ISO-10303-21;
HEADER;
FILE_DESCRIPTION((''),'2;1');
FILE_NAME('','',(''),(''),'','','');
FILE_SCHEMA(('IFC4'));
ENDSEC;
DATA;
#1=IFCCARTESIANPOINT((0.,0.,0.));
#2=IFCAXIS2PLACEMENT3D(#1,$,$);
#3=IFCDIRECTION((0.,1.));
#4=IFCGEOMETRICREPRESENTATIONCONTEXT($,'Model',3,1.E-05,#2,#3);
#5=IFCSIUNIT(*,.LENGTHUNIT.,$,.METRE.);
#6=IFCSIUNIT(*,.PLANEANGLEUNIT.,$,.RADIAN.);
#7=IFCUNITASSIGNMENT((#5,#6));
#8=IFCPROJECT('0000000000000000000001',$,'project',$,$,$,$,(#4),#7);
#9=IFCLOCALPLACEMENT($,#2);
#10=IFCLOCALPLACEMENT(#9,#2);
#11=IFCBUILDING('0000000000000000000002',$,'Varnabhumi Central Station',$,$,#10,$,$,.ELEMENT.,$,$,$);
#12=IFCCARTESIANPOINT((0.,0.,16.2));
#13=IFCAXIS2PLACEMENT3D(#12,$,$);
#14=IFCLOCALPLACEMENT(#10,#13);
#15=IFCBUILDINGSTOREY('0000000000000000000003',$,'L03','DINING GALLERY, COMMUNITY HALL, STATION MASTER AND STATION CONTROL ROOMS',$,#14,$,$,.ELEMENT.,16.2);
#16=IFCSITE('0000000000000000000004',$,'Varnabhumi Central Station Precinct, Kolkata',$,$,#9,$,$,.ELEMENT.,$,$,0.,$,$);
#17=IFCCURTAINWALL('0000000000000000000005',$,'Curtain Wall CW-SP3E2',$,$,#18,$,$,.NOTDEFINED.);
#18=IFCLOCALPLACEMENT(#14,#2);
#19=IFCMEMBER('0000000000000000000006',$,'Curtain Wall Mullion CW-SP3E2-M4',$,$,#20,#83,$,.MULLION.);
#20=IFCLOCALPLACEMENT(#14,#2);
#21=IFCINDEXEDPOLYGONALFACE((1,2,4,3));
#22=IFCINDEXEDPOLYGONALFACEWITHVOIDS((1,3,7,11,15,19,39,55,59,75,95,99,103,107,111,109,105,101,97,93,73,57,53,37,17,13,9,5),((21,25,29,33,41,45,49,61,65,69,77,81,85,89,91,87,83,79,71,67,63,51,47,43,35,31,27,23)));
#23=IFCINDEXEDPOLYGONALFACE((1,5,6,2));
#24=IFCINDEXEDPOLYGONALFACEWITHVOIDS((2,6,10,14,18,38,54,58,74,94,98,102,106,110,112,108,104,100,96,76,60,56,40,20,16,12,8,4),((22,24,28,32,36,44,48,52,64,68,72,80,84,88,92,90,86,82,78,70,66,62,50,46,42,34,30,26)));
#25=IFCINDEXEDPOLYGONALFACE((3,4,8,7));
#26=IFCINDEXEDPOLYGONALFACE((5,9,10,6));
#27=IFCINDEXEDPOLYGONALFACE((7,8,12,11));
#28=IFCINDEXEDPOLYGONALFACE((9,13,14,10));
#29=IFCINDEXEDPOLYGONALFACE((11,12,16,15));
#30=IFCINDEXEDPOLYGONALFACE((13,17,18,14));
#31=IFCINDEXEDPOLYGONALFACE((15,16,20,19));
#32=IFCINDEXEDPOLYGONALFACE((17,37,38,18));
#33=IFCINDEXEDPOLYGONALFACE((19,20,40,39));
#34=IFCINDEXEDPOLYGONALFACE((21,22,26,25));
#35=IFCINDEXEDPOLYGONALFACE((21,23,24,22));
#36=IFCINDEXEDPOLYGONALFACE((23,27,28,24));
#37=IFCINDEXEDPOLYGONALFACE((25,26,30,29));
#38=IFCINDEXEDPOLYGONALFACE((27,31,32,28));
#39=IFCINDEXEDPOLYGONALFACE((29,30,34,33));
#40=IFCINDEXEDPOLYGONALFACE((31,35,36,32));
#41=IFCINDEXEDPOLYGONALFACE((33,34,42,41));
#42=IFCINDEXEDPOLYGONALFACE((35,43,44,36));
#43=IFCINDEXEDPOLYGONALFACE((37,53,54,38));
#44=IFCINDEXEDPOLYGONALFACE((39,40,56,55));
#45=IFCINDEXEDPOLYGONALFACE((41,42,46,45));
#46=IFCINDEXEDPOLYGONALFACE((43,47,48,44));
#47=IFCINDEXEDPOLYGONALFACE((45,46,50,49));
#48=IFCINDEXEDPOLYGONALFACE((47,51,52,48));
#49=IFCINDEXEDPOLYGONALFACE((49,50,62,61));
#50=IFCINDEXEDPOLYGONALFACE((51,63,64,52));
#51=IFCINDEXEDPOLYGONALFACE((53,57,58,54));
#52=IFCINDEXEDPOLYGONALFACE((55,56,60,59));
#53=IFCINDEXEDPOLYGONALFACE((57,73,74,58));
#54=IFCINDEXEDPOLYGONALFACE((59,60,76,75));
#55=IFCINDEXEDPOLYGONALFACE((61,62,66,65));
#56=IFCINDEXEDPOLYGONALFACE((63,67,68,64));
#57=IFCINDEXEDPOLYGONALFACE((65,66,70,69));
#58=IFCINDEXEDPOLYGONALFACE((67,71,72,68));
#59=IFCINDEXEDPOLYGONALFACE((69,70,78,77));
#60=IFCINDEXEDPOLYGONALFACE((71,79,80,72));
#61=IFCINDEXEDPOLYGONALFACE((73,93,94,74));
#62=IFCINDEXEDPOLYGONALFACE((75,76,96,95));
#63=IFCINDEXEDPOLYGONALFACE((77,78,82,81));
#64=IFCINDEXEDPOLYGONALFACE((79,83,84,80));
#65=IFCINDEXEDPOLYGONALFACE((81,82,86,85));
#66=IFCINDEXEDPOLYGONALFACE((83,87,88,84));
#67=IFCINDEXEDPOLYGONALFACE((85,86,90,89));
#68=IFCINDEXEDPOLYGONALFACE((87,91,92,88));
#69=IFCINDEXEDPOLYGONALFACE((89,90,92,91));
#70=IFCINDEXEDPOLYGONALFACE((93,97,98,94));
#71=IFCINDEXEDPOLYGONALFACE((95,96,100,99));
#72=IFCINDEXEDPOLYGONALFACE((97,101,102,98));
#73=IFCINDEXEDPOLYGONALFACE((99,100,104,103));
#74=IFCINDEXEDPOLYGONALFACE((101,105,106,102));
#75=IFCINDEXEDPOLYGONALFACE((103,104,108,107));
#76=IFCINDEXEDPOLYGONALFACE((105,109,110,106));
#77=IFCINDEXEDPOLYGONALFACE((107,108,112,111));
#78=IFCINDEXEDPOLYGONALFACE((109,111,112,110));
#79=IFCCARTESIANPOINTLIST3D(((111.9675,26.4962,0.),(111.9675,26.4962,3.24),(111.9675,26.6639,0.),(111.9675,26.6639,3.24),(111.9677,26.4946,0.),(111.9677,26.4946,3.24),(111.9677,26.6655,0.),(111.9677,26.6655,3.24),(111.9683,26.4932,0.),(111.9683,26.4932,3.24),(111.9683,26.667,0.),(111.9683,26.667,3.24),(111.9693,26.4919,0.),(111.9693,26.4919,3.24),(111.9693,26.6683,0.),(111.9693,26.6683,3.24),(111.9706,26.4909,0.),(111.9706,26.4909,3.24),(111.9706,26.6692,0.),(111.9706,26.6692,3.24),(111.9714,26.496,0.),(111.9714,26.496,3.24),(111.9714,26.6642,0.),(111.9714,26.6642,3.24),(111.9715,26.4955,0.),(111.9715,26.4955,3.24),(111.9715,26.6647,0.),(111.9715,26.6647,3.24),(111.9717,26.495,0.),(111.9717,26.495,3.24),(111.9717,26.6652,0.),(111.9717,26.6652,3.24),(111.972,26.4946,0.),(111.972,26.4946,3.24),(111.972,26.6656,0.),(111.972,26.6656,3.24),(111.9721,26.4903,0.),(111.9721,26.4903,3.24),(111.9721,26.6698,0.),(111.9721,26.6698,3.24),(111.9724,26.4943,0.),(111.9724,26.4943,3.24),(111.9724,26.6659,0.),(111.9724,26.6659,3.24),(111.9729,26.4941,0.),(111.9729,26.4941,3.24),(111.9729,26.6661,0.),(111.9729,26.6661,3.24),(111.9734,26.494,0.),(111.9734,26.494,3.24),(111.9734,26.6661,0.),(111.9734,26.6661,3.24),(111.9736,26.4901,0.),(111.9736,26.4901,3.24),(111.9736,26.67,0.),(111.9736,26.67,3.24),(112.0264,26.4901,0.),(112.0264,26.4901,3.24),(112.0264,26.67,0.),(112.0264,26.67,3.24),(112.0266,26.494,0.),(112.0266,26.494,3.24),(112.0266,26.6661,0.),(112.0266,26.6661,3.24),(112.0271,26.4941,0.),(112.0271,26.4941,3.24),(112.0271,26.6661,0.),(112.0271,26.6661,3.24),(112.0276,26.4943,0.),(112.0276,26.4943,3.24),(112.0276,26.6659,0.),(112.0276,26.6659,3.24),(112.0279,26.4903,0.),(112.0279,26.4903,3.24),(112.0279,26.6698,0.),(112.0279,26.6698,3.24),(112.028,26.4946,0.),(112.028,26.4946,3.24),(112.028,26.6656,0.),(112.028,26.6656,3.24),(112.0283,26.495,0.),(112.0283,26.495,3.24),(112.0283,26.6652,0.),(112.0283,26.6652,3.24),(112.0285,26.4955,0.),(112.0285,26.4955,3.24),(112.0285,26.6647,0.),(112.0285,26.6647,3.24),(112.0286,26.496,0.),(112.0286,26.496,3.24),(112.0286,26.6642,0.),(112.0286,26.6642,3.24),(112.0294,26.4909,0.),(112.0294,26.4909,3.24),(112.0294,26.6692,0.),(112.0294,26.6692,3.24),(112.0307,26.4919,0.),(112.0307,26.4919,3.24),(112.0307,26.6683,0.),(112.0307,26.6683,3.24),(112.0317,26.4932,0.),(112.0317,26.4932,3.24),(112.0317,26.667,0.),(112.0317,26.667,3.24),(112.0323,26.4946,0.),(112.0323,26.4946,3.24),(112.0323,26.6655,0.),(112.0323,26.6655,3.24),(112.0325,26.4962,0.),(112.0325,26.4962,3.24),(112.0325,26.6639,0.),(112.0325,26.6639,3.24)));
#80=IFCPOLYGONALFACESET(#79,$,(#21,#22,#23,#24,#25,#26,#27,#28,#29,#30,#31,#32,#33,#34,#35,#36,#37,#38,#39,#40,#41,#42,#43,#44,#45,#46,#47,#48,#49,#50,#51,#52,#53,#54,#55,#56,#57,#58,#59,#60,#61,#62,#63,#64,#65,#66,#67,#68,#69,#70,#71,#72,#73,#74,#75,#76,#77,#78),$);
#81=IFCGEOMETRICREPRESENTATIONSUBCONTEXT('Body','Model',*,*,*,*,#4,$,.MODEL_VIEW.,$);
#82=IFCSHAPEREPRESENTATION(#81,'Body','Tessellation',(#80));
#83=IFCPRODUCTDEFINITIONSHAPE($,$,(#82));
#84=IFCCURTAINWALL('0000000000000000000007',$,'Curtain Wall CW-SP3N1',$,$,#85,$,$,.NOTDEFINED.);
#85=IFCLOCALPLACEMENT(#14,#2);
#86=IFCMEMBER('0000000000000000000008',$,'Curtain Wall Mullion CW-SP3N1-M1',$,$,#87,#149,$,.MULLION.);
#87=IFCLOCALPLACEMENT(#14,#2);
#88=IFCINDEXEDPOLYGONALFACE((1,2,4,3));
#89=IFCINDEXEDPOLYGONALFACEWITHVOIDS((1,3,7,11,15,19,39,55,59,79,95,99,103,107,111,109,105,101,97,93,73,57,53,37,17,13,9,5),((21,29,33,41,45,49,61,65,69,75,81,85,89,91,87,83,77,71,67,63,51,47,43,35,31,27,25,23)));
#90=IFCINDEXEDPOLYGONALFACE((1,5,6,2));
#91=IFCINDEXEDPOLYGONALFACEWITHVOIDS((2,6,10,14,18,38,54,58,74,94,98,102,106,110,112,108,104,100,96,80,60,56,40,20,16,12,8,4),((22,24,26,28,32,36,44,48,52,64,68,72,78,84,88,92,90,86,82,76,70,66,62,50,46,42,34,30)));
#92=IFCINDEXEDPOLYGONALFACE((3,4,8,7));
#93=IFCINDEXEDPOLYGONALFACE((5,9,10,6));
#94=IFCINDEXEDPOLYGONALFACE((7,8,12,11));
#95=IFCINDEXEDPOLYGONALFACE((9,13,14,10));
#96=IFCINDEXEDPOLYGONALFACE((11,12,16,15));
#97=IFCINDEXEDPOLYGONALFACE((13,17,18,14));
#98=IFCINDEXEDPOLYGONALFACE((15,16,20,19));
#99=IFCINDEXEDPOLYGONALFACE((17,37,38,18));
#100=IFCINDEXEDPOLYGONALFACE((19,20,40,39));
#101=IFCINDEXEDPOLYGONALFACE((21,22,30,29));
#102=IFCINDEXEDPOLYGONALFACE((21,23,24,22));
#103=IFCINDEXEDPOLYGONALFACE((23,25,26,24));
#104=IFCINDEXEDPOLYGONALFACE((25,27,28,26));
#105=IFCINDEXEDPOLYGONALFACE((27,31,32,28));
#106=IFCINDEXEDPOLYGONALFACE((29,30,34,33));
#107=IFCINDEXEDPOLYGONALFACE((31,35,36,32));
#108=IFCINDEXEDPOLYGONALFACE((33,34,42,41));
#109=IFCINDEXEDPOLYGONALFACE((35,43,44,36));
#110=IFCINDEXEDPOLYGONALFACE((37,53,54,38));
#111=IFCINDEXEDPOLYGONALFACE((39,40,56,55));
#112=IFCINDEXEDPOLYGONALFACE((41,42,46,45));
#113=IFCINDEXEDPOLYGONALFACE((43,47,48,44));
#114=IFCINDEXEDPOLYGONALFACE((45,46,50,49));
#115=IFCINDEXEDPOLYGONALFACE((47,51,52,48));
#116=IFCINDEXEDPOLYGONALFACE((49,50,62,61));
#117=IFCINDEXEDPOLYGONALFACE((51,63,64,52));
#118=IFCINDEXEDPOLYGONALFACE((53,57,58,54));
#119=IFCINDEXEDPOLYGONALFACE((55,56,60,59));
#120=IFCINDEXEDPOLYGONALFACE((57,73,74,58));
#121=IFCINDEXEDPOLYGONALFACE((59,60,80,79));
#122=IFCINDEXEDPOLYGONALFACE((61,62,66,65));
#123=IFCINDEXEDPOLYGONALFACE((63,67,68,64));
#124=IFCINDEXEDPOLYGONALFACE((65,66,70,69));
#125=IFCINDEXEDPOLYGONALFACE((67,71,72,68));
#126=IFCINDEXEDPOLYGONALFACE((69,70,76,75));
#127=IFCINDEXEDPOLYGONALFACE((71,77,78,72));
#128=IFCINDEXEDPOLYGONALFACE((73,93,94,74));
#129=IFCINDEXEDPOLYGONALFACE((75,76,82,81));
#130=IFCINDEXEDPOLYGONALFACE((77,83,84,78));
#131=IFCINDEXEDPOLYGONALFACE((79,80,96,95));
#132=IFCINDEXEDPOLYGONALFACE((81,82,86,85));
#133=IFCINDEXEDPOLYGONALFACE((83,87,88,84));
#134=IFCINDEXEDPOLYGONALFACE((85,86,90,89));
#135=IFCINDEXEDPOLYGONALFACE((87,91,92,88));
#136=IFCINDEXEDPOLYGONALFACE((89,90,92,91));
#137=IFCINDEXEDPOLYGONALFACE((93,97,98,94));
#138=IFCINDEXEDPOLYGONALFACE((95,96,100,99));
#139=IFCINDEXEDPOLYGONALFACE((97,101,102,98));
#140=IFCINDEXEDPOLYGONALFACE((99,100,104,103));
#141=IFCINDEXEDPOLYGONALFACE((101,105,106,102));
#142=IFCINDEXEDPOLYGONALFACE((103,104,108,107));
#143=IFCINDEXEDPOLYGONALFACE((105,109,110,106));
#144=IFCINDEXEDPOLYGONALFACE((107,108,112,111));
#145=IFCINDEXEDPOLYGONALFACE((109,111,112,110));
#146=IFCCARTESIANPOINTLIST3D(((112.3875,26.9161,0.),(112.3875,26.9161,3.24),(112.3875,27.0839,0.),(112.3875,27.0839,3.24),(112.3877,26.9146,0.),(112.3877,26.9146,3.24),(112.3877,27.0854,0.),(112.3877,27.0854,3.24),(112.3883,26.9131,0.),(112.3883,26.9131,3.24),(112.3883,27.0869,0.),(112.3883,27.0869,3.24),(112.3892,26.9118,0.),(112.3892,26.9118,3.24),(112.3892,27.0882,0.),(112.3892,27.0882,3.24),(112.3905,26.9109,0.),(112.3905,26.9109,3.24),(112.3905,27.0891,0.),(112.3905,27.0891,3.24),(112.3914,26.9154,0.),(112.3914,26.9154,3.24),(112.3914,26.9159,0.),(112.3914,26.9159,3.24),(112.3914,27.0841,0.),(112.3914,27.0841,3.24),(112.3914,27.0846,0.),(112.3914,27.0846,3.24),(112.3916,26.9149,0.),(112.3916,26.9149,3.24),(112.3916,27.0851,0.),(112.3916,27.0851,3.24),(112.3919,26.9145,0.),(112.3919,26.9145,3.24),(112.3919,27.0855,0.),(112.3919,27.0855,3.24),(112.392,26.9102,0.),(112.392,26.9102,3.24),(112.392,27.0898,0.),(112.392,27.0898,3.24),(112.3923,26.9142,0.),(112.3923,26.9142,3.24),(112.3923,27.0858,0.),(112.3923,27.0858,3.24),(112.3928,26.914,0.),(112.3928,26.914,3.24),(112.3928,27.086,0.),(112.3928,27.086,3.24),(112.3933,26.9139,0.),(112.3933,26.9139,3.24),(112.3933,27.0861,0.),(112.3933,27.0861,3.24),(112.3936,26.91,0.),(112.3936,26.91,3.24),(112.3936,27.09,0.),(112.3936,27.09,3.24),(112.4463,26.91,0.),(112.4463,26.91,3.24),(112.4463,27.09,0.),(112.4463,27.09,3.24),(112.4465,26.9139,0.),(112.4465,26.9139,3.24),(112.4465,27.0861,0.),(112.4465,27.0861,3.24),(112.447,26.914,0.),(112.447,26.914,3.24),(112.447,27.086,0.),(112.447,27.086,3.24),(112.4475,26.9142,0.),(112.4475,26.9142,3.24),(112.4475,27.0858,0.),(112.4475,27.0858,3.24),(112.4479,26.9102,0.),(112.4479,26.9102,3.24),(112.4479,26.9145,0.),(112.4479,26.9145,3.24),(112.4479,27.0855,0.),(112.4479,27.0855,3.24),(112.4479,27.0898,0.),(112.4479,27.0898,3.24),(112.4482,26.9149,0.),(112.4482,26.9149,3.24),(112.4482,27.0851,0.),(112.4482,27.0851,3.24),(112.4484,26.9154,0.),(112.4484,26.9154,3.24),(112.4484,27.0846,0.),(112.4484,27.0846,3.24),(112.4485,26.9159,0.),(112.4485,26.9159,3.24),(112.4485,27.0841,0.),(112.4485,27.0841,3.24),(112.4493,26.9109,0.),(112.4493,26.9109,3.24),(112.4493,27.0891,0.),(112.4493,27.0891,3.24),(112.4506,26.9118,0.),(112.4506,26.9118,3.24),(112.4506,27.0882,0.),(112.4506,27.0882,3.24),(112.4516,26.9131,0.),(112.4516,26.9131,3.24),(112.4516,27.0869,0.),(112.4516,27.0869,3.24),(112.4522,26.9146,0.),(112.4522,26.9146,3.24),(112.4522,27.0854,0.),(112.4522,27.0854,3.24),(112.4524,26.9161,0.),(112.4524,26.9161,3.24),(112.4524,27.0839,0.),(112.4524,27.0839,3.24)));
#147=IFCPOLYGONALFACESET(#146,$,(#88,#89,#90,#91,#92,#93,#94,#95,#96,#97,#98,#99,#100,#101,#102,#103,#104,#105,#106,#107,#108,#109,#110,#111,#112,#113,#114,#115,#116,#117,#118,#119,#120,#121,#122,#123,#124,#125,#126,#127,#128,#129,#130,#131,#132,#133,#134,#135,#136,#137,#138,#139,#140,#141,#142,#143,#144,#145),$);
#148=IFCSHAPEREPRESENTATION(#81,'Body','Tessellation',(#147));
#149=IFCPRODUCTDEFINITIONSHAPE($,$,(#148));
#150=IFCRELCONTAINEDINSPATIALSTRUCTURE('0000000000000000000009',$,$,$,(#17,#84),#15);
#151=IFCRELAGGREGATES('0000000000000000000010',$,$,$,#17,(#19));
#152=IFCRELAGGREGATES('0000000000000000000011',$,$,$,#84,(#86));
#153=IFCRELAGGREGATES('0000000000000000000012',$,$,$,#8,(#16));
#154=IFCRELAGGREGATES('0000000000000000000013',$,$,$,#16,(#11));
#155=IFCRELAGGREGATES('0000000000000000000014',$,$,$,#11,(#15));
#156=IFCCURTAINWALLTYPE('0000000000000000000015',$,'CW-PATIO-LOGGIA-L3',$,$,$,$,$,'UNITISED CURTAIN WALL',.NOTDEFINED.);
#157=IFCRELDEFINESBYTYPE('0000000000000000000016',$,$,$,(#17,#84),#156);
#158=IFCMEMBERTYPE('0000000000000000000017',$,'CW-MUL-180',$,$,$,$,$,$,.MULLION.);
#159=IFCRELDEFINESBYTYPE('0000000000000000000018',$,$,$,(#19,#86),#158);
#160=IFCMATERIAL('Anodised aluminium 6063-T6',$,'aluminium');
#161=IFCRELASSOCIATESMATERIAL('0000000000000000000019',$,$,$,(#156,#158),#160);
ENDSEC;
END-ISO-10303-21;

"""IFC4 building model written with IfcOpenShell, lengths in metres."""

from ifc_helpers import new_model, si_unit, direction, frame, origin, origin_2d, place, context, subcontext, project, spatial, hollow_rectangle, extrude, material, material_profile, profile_set, type_object, element, aggregate, save


model = new_model("IFC4")

# Units and contexts
model_context = context("Model", 3, precision=1e-05, world=origin(), true_north=direction((0.0, 1.0)))
body_context = subcontext(model_context, "Body", "Model", "MODEL_VIEW")
ifc_project = project(units=[si_unit("LENGTHUNIT", "METRE"), si_unit("PLANEANGLEUNIT", "RADIAN")], contexts=[model_context])

# Site, building, storey
site_placement = place(None, origin())
site = spatial("IfcSite", under=ifc_project, at=site_placement, Name="Varnabhumi Central Station Precinct, Kolkata", CompositionType="ELEMENT", RefElevation=0.0)
building_placement = place(site_placement, origin())
building = spatial("IfcBuilding", under=site, at=building_placement, Name="Varnabhumi Central Station", CompositionType="ELEMENT")
storey_placement = place(building_placement, frame((0.0, 0.0, 16.2)))
storey = spatial("IfcBuildingStorey", under=building, at=storey_placement, Name="L03", Description="DINING GALLERY, COMMUNITY HALL, STATION MASTER AND STATION CONTROL ROOMS", CompositionType="ELEMENT", Elevation=16.2)

# Curtain walls, members
ifc_material_1 = material(Name="Anodised aluminium 6063-T6", Category="aluminium")
curtain_wall_type = type_object("IfcCurtainWallType", Name="CW-PATIO-LOGGIA-L3", ElementType="UNITISED CURTAIN WALL", PredefinedType="NOTDEFINED", material=ifc_material_1)
ifc_material_profile_1 = material_profile(ifc_material_1, hollow_rectangle(XDim=0.0649, YDim=0.1799, WallThickness=0.0039, InnerFilletRadius=0.002, OuterFilletRadius=0.0061, at=origin_2d()), Name="Anodised aluminium 6063-T6", Category="aluminium")
ifc_profile_set_1 = profile_set([ifc_material_profile_1], Name="Anodised aluminium 6063-T6")
member_type_1 = type_object("IfcMemberType", Name="CW-MUL-180", PredefinedType="MULLION", material=ifc_profile_set_1)
curtain_wall_1_placement = place(storey_placement, origin())
curtain_wall_1 = element("IfcCurtainWall", 1, at=curtain_wall_1_placement, inside=storey, type_object=curtain_wall_type, Name="Curtain Wall CW-SP3E2", PredefinedType="NOTDEFINED")
member_1_placement = place(storey_placement, frame((112.0, 26.5801, 0.0), z_axis=(0.0, 0.0, 1.0), x_axis=(1.0, 0.0, 0.0)))
member_1 = element("IfcMember", 2, at=member_1_placement, type_object=member_type_1, Name="Curtain Wall Mullion CW-SP3E2-M4", PredefinedType="MULLION", context=body_context, shape_type="SweptSolid", body=[
    extrude(hollow_rectangle(XDim=0.0649, YDim=0.1799, WallThickness=0.0039, InnerFilletRadius=0.002, OuterFilletRadius=0.0061, at=origin_2d()), origin(), (0.0, 0.0, 1.0), 3.24),
])
curtain_wall_2_placement = place(storey_placement, origin())
curtain_wall_2 = element("IfcCurtainWall", 3, at=curtain_wall_2_placement, inside=storey, type_object=curtain_wall_type, Name="Curtain Wall CW-SP3N1", PredefinedType="NOTDEFINED")
member_2_placement = place(storey_placement, frame((112.4199, 27.0, 0.0), z_axis=(0.0, 0.0, 1.0), x_axis=(1.0, 0.0, 0.0)))
member_2 = element("IfcMember", 4, at=member_2_placement, type_object=member_type_1, Name="Curtain Wall Mullion CW-SP3N1-M1", PredefinedType="MULLION", context=body_context, shape_type="SweptSolid", body=[
    extrude(hollow_rectangle(XDim=0.0649, YDim=0.1799, WallThickness=0.0039, InnerFilletRadius=0.002, OuterFilletRadius=0.0061, at=origin_2d()), origin(), (0.0, 0.0, 1.0), 3.24),
])

aggregate(curtain_wall_1, [member_1])
aggregate(curtain_wall_2, [member_2])

save(model, "model.ifc")
